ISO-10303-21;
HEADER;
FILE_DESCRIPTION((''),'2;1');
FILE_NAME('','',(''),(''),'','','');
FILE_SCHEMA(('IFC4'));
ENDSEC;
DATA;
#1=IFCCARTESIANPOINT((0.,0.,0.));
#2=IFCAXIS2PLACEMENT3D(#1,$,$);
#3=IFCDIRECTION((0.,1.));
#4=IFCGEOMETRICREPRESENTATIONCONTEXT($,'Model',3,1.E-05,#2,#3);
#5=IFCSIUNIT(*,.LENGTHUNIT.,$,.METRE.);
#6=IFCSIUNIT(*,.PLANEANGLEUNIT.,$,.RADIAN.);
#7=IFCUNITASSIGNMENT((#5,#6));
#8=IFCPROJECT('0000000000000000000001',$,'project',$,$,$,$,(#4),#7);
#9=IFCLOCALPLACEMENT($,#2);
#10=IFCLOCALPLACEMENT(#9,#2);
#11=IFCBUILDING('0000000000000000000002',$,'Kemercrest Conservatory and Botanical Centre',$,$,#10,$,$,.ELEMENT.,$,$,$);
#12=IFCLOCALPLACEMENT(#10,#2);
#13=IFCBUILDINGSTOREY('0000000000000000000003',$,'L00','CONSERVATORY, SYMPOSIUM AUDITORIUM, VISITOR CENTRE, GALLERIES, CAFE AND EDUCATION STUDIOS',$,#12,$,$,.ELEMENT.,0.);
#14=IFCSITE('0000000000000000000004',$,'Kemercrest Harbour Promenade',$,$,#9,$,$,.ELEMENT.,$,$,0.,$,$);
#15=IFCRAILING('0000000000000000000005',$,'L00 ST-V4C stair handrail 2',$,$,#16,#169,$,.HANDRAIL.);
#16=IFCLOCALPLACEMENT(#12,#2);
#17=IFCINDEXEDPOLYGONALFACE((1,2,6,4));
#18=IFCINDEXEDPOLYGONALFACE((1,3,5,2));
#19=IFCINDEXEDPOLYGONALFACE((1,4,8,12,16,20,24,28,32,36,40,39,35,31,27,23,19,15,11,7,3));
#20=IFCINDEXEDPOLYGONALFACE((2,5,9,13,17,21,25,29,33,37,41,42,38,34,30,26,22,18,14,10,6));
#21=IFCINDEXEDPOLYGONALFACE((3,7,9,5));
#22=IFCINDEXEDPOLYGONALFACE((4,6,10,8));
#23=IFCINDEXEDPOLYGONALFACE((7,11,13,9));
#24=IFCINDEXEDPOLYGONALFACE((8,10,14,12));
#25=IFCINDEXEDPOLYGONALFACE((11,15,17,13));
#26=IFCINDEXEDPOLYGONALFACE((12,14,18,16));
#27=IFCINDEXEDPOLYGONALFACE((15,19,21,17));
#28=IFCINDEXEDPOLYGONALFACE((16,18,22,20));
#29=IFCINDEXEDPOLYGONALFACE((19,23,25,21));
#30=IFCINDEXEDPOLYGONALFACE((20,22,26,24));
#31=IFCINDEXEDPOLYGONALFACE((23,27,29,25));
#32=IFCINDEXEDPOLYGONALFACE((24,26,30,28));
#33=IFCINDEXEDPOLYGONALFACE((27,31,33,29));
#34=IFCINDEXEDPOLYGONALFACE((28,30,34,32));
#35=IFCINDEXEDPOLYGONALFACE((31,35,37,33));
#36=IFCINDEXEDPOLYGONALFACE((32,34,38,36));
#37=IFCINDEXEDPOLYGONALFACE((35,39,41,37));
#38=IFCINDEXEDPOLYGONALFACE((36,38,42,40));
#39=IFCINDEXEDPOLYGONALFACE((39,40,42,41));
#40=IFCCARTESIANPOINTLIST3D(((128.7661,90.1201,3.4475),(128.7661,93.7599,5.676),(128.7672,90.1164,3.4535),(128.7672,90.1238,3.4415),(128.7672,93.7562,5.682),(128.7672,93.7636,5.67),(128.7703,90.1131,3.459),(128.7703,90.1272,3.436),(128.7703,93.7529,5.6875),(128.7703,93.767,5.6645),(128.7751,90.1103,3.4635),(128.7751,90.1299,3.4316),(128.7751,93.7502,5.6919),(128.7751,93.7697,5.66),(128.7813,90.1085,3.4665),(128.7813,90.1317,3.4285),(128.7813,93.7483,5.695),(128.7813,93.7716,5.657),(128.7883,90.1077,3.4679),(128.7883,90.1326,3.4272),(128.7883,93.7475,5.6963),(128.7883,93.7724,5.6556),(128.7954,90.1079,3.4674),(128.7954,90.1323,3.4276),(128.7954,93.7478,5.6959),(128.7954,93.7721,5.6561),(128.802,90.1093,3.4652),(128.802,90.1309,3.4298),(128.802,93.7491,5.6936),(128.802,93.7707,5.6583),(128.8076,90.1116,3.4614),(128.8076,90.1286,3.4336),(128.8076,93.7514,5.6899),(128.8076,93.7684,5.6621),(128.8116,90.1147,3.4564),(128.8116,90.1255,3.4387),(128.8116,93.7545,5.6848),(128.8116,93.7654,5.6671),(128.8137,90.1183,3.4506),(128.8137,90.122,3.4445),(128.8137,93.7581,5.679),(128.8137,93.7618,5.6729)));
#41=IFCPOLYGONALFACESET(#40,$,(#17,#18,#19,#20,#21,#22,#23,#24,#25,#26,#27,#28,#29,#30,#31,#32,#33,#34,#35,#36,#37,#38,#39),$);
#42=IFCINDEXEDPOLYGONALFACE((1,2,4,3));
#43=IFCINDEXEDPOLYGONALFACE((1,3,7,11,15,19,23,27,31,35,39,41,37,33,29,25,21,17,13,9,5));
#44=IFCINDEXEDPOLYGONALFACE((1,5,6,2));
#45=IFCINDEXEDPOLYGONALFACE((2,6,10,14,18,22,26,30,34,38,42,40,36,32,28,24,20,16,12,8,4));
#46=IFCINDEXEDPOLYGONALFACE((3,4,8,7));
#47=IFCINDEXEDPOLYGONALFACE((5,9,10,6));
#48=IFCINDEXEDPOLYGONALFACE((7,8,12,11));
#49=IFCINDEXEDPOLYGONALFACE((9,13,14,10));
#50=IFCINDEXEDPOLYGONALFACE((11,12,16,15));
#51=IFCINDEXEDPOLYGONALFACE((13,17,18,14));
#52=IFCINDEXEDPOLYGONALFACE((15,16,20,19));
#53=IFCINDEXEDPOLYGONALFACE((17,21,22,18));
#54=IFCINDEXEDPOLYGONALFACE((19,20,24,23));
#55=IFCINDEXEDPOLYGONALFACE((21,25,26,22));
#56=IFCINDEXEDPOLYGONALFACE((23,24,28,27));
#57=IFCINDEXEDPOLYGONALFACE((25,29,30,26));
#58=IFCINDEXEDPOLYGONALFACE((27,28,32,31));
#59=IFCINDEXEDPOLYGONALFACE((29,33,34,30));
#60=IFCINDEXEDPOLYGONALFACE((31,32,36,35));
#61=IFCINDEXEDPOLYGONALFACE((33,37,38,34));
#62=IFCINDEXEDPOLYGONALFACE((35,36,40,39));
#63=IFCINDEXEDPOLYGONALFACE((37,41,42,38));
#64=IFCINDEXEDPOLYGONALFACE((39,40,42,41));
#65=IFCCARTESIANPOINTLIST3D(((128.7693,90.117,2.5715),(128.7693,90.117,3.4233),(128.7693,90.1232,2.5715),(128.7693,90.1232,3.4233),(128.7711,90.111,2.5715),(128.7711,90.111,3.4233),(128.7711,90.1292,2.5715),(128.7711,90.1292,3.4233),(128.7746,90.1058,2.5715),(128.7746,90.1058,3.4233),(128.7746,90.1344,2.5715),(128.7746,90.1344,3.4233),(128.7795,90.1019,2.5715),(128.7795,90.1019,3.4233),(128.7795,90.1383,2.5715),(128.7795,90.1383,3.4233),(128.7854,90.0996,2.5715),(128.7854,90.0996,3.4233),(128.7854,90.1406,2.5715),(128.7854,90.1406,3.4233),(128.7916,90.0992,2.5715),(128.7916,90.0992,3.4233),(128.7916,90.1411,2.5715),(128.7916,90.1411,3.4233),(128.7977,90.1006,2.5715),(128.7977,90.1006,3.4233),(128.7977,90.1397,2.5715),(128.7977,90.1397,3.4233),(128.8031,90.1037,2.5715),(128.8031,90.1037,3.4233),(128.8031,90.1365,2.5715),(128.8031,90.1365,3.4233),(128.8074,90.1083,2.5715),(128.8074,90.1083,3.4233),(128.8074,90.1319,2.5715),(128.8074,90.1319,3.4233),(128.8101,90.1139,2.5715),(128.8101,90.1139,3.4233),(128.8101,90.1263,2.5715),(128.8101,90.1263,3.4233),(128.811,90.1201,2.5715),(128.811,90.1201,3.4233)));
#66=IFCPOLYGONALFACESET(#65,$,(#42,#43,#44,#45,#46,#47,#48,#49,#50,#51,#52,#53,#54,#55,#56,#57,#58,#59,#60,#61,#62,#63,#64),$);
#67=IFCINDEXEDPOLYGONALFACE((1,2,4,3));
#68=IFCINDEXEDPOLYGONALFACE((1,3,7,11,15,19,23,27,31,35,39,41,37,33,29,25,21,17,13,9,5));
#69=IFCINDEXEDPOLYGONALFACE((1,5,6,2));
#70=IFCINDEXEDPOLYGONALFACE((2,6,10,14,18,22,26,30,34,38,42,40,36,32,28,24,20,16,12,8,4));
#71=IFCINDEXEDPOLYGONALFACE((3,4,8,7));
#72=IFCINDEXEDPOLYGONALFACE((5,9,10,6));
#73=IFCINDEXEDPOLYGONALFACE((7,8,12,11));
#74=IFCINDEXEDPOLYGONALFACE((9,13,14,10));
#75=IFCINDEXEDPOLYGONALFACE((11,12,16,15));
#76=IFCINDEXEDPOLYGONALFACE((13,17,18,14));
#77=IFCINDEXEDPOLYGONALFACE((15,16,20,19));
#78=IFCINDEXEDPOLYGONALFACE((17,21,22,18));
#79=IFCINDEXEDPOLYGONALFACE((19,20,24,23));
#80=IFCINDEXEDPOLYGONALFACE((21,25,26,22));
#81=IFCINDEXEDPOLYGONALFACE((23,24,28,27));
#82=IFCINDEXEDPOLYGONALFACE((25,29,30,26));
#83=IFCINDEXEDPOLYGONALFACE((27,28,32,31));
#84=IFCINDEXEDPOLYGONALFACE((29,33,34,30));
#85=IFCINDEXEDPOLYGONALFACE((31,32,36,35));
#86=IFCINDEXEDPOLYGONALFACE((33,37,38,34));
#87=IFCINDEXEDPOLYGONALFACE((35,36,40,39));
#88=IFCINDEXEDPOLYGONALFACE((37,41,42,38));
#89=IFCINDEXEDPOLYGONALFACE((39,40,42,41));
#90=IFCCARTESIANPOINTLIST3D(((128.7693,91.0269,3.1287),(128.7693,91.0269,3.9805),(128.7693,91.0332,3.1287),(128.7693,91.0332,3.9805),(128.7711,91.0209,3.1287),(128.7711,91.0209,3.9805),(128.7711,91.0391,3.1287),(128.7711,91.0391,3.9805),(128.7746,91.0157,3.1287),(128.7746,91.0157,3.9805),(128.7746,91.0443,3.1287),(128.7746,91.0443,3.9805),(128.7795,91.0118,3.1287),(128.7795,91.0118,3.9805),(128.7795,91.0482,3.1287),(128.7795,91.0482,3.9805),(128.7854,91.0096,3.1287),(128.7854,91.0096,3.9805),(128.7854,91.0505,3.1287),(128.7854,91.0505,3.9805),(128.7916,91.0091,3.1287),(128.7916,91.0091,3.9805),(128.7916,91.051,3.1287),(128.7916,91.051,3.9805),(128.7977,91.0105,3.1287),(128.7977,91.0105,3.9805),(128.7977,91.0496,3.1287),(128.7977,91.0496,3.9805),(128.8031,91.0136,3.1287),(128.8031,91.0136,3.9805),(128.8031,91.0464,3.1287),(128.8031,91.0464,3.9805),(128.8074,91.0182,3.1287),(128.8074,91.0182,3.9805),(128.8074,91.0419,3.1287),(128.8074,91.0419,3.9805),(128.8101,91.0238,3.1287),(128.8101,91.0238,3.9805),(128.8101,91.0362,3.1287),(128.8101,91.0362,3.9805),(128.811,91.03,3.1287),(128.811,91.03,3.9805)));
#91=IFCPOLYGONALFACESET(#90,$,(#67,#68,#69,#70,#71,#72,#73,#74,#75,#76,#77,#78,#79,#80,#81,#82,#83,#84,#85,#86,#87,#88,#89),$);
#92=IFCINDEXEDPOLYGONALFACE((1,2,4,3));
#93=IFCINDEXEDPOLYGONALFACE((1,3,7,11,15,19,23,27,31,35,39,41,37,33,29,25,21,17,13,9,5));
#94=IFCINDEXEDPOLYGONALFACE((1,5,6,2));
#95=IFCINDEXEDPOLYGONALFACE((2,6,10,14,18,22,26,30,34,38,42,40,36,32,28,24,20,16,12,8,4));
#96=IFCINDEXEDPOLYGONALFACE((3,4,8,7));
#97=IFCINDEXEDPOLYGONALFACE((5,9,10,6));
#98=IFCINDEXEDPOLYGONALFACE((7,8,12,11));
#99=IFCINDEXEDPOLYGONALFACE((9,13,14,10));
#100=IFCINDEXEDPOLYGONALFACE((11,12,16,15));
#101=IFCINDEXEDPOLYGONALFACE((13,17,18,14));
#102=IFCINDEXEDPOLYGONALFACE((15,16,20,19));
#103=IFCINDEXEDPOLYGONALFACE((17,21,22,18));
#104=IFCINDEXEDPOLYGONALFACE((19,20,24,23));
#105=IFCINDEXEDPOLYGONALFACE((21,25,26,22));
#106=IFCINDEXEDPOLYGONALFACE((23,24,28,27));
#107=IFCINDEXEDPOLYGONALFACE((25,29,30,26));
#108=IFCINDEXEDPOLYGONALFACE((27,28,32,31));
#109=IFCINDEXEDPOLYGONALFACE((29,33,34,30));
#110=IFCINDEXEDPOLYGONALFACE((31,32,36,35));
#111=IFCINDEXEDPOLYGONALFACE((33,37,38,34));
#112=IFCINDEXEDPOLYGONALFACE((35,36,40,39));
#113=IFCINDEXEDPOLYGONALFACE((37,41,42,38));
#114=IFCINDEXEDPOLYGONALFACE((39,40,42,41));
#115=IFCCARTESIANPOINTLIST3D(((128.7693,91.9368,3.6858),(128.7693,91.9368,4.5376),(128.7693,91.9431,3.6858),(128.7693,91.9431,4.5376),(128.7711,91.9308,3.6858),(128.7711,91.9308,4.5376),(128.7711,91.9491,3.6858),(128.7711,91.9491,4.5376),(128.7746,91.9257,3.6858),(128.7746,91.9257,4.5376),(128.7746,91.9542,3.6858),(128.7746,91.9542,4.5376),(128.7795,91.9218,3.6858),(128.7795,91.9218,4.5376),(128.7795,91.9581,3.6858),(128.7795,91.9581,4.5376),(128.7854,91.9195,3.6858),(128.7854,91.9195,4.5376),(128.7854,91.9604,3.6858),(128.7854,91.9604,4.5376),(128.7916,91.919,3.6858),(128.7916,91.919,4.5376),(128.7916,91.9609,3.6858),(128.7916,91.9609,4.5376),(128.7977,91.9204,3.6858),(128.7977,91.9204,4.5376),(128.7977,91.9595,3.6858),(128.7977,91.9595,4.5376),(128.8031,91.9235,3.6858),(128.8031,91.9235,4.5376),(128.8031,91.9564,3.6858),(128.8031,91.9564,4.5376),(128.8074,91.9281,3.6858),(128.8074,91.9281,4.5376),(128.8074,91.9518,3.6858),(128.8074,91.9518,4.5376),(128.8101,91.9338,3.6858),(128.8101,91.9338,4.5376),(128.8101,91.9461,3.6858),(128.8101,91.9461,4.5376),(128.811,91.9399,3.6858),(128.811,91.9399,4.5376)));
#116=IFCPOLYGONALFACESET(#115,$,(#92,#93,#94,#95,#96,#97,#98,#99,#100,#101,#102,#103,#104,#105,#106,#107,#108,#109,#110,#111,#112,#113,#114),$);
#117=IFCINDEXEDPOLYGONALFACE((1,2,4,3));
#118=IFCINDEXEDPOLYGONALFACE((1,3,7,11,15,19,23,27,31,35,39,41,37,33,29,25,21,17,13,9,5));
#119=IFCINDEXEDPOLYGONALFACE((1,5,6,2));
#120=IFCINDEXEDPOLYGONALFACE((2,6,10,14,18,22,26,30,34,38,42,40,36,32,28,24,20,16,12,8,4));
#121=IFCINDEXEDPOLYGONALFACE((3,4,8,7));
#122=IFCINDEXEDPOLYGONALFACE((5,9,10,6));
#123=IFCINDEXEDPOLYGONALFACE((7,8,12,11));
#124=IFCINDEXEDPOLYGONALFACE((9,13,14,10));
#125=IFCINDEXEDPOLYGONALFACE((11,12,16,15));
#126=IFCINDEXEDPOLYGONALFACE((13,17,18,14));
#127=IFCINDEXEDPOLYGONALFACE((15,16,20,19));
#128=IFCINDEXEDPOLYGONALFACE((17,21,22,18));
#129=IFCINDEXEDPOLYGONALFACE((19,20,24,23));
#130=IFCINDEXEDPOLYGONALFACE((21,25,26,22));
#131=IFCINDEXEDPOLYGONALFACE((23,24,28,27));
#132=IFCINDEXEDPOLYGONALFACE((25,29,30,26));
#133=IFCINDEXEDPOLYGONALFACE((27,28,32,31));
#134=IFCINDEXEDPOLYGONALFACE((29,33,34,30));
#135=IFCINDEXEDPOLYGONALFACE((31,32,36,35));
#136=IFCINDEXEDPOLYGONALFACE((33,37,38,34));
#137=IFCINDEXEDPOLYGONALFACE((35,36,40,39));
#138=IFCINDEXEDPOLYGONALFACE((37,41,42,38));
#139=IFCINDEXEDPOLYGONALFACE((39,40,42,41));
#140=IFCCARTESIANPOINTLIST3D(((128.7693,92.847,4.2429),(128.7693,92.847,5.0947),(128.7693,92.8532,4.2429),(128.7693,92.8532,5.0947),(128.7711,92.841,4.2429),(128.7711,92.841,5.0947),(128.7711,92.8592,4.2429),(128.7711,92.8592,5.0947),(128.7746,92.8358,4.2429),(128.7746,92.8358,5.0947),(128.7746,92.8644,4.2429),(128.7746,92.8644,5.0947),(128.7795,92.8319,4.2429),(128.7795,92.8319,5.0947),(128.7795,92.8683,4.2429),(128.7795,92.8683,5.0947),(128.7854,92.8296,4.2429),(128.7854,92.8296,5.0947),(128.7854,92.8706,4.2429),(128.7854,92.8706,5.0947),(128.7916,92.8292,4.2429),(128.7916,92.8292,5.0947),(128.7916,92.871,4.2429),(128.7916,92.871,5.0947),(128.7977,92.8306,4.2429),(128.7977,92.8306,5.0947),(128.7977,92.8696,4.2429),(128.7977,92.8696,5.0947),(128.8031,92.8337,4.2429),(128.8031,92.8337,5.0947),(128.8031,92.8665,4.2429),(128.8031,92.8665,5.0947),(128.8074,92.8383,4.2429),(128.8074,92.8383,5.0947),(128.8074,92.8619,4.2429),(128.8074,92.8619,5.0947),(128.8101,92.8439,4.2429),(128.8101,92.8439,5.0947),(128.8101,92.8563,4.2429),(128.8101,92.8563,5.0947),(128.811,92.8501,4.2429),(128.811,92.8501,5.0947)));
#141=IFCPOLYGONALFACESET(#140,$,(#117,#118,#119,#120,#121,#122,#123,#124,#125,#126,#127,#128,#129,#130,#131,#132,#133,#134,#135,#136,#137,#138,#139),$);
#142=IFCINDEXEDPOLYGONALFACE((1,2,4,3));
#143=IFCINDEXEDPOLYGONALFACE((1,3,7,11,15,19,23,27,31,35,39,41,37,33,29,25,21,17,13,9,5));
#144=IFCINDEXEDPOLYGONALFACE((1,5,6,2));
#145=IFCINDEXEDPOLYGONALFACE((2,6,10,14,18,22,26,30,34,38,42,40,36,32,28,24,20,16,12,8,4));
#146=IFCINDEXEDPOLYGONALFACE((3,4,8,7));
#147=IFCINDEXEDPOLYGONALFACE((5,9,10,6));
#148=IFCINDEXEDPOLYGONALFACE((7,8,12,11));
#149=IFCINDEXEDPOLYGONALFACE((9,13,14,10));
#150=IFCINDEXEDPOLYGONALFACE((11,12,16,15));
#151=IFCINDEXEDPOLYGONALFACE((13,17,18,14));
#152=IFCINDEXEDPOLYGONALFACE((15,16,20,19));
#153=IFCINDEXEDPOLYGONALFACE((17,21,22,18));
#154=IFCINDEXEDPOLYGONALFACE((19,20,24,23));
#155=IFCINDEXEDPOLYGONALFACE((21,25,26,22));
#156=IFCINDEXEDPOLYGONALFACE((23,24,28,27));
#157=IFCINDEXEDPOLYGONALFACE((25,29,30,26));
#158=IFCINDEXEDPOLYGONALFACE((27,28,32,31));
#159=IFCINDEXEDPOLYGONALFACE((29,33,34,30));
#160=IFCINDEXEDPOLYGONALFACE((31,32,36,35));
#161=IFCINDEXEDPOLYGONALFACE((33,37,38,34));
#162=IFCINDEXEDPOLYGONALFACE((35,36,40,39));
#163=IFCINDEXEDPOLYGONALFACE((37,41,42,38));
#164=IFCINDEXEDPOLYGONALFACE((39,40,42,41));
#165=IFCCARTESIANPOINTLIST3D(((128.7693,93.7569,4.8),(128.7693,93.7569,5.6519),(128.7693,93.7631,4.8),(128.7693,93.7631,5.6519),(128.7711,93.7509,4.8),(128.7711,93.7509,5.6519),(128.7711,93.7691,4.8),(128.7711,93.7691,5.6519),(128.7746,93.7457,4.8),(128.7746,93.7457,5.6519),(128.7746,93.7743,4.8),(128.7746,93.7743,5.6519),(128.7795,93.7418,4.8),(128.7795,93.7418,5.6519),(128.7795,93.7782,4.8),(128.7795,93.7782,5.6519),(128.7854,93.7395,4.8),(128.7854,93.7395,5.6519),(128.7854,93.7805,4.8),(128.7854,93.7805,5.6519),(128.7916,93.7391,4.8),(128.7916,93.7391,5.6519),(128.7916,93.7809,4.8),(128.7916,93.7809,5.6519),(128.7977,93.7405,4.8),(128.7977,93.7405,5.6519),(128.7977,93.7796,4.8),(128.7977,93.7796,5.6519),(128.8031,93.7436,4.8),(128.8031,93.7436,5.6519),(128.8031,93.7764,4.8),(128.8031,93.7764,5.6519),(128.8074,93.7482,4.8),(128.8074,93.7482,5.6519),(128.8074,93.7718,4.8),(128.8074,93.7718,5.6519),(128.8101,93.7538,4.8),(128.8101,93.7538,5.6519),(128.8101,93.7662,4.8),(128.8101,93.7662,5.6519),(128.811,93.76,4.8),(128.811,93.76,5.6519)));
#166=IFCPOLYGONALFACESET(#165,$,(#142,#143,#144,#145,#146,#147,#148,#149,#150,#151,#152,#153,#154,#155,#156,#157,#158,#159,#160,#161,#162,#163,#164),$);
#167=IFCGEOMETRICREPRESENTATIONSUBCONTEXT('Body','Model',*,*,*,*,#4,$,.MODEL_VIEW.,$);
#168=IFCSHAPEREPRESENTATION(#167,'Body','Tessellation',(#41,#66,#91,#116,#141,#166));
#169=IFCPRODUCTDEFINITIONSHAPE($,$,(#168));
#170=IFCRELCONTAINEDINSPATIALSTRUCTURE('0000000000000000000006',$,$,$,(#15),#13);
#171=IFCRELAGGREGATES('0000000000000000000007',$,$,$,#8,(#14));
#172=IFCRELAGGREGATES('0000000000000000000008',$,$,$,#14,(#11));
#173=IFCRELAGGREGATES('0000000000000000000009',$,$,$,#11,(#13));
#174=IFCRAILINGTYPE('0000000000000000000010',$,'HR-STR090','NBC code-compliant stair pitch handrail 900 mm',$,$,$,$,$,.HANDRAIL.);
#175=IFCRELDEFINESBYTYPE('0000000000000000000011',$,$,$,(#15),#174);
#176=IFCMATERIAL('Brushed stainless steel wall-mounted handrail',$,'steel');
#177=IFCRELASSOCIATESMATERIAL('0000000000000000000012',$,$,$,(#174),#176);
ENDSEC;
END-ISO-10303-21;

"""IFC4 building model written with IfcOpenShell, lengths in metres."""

from ifc_helpers import new_model, si_unit, direction, frame, origin, origin_2d, place, context, subcontext, project, spatial, circle, extrude, material, type_object, element, save


model = new_model("IFC4")

# Units and contexts
model_context = context("Model", 3, precision=1e-05, world=origin(), true_north=direction((0.0, 1.0)))
body_context = subcontext(model_context, "Body", "Model", "MODEL_VIEW")
ifc_project = project(units=[si_unit("LENGTHUNIT", "METRE"), si_unit("PLANEANGLEUNIT", "RADIAN")], contexts=[model_context])

# Site, building, storey
site_placement = place(None, origin())
site = spatial("IfcSite", under=ifc_project, at=site_placement, Name="Kemercrest Harbour Promenade", CompositionType="ELEMENT", RefElevation=0.0)
building_placement = place(site_placement, origin())
building = spatial("IfcBuilding", under=site, at=building_placement, Name="Kemercrest Conservatory and Botanical Centre", CompositionType="ELEMENT")
storey_placement = place(building_placement, origin())
storey = spatial("IfcBuildingStorey", under=building, at=storey_placement, Name="L00", Description="CONSERVATORY, SYMPOSIUM AUDITORIUM, VISITOR CENTRE, GALLERIES, CAFE AND EDUCATION STUDIOS", CompositionType="ELEMENT", Elevation=0.0)

# Railing
ifc_material_1 = material(Name="Brushed stainless steel wall-mounted handrail", Category="steel")
railing_type_1 = type_object("IfcRailingType", Name="HR-STR090", Description="NBC code-compliant stair pitch handrail 900 mm", PredefinedType="HANDRAIL", material=ifc_material_1)
railing_1_placement = place(storey_placement, frame((128.79, 90.1201, 2.5715)))
element("IfcRailing", 1, at=railing_1_placement, inside=storey, type_object=railing_type_1, Name="L00 ST-V4C stair handrail 2", PredefinedType="HANDRAIL", context=body_context, shape_type="SweptSolid", body=[
    extrude(circle(Radius=0.0239, at=origin_2d()), frame((0.0, 0.0, 0.876), z_axis=(0.0, 0.85285, 0.522156), x_axis=(-1.0, 0.0, 0.0)), (0.0, 0.0, 1.0), 4.2678),
    extrude(circle(Radius=0.021, at=origin_2d()), origin(), (0.0, 0.0, 1.0), 0.8518),
    extrude(circle(Radius=0.021, at=origin_2d()), frame((0.0, 0.9099, 0.5571)), (0.0, 0.0, 1.0), 0.8518),
    extrude(circle(Radius=0.021, at=origin_2d()), frame((0.0, 1.8198, 1.1143)), (0.0, 0.0, 1.0), 0.8518),
    extrude(circle(Radius=0.021, at=origin_2d()), frame((0.0, 2.73, 1.6714)), (0.0, 0.0, 1.0), 0.8518),
    extrude(circle(Radius=0.021, at=origin_2d()), frame((0.0, 3.6399, 2.2285)), (0.0, 0.0, 1.0), 0.8518),
])

save(model, "model.ifc")
